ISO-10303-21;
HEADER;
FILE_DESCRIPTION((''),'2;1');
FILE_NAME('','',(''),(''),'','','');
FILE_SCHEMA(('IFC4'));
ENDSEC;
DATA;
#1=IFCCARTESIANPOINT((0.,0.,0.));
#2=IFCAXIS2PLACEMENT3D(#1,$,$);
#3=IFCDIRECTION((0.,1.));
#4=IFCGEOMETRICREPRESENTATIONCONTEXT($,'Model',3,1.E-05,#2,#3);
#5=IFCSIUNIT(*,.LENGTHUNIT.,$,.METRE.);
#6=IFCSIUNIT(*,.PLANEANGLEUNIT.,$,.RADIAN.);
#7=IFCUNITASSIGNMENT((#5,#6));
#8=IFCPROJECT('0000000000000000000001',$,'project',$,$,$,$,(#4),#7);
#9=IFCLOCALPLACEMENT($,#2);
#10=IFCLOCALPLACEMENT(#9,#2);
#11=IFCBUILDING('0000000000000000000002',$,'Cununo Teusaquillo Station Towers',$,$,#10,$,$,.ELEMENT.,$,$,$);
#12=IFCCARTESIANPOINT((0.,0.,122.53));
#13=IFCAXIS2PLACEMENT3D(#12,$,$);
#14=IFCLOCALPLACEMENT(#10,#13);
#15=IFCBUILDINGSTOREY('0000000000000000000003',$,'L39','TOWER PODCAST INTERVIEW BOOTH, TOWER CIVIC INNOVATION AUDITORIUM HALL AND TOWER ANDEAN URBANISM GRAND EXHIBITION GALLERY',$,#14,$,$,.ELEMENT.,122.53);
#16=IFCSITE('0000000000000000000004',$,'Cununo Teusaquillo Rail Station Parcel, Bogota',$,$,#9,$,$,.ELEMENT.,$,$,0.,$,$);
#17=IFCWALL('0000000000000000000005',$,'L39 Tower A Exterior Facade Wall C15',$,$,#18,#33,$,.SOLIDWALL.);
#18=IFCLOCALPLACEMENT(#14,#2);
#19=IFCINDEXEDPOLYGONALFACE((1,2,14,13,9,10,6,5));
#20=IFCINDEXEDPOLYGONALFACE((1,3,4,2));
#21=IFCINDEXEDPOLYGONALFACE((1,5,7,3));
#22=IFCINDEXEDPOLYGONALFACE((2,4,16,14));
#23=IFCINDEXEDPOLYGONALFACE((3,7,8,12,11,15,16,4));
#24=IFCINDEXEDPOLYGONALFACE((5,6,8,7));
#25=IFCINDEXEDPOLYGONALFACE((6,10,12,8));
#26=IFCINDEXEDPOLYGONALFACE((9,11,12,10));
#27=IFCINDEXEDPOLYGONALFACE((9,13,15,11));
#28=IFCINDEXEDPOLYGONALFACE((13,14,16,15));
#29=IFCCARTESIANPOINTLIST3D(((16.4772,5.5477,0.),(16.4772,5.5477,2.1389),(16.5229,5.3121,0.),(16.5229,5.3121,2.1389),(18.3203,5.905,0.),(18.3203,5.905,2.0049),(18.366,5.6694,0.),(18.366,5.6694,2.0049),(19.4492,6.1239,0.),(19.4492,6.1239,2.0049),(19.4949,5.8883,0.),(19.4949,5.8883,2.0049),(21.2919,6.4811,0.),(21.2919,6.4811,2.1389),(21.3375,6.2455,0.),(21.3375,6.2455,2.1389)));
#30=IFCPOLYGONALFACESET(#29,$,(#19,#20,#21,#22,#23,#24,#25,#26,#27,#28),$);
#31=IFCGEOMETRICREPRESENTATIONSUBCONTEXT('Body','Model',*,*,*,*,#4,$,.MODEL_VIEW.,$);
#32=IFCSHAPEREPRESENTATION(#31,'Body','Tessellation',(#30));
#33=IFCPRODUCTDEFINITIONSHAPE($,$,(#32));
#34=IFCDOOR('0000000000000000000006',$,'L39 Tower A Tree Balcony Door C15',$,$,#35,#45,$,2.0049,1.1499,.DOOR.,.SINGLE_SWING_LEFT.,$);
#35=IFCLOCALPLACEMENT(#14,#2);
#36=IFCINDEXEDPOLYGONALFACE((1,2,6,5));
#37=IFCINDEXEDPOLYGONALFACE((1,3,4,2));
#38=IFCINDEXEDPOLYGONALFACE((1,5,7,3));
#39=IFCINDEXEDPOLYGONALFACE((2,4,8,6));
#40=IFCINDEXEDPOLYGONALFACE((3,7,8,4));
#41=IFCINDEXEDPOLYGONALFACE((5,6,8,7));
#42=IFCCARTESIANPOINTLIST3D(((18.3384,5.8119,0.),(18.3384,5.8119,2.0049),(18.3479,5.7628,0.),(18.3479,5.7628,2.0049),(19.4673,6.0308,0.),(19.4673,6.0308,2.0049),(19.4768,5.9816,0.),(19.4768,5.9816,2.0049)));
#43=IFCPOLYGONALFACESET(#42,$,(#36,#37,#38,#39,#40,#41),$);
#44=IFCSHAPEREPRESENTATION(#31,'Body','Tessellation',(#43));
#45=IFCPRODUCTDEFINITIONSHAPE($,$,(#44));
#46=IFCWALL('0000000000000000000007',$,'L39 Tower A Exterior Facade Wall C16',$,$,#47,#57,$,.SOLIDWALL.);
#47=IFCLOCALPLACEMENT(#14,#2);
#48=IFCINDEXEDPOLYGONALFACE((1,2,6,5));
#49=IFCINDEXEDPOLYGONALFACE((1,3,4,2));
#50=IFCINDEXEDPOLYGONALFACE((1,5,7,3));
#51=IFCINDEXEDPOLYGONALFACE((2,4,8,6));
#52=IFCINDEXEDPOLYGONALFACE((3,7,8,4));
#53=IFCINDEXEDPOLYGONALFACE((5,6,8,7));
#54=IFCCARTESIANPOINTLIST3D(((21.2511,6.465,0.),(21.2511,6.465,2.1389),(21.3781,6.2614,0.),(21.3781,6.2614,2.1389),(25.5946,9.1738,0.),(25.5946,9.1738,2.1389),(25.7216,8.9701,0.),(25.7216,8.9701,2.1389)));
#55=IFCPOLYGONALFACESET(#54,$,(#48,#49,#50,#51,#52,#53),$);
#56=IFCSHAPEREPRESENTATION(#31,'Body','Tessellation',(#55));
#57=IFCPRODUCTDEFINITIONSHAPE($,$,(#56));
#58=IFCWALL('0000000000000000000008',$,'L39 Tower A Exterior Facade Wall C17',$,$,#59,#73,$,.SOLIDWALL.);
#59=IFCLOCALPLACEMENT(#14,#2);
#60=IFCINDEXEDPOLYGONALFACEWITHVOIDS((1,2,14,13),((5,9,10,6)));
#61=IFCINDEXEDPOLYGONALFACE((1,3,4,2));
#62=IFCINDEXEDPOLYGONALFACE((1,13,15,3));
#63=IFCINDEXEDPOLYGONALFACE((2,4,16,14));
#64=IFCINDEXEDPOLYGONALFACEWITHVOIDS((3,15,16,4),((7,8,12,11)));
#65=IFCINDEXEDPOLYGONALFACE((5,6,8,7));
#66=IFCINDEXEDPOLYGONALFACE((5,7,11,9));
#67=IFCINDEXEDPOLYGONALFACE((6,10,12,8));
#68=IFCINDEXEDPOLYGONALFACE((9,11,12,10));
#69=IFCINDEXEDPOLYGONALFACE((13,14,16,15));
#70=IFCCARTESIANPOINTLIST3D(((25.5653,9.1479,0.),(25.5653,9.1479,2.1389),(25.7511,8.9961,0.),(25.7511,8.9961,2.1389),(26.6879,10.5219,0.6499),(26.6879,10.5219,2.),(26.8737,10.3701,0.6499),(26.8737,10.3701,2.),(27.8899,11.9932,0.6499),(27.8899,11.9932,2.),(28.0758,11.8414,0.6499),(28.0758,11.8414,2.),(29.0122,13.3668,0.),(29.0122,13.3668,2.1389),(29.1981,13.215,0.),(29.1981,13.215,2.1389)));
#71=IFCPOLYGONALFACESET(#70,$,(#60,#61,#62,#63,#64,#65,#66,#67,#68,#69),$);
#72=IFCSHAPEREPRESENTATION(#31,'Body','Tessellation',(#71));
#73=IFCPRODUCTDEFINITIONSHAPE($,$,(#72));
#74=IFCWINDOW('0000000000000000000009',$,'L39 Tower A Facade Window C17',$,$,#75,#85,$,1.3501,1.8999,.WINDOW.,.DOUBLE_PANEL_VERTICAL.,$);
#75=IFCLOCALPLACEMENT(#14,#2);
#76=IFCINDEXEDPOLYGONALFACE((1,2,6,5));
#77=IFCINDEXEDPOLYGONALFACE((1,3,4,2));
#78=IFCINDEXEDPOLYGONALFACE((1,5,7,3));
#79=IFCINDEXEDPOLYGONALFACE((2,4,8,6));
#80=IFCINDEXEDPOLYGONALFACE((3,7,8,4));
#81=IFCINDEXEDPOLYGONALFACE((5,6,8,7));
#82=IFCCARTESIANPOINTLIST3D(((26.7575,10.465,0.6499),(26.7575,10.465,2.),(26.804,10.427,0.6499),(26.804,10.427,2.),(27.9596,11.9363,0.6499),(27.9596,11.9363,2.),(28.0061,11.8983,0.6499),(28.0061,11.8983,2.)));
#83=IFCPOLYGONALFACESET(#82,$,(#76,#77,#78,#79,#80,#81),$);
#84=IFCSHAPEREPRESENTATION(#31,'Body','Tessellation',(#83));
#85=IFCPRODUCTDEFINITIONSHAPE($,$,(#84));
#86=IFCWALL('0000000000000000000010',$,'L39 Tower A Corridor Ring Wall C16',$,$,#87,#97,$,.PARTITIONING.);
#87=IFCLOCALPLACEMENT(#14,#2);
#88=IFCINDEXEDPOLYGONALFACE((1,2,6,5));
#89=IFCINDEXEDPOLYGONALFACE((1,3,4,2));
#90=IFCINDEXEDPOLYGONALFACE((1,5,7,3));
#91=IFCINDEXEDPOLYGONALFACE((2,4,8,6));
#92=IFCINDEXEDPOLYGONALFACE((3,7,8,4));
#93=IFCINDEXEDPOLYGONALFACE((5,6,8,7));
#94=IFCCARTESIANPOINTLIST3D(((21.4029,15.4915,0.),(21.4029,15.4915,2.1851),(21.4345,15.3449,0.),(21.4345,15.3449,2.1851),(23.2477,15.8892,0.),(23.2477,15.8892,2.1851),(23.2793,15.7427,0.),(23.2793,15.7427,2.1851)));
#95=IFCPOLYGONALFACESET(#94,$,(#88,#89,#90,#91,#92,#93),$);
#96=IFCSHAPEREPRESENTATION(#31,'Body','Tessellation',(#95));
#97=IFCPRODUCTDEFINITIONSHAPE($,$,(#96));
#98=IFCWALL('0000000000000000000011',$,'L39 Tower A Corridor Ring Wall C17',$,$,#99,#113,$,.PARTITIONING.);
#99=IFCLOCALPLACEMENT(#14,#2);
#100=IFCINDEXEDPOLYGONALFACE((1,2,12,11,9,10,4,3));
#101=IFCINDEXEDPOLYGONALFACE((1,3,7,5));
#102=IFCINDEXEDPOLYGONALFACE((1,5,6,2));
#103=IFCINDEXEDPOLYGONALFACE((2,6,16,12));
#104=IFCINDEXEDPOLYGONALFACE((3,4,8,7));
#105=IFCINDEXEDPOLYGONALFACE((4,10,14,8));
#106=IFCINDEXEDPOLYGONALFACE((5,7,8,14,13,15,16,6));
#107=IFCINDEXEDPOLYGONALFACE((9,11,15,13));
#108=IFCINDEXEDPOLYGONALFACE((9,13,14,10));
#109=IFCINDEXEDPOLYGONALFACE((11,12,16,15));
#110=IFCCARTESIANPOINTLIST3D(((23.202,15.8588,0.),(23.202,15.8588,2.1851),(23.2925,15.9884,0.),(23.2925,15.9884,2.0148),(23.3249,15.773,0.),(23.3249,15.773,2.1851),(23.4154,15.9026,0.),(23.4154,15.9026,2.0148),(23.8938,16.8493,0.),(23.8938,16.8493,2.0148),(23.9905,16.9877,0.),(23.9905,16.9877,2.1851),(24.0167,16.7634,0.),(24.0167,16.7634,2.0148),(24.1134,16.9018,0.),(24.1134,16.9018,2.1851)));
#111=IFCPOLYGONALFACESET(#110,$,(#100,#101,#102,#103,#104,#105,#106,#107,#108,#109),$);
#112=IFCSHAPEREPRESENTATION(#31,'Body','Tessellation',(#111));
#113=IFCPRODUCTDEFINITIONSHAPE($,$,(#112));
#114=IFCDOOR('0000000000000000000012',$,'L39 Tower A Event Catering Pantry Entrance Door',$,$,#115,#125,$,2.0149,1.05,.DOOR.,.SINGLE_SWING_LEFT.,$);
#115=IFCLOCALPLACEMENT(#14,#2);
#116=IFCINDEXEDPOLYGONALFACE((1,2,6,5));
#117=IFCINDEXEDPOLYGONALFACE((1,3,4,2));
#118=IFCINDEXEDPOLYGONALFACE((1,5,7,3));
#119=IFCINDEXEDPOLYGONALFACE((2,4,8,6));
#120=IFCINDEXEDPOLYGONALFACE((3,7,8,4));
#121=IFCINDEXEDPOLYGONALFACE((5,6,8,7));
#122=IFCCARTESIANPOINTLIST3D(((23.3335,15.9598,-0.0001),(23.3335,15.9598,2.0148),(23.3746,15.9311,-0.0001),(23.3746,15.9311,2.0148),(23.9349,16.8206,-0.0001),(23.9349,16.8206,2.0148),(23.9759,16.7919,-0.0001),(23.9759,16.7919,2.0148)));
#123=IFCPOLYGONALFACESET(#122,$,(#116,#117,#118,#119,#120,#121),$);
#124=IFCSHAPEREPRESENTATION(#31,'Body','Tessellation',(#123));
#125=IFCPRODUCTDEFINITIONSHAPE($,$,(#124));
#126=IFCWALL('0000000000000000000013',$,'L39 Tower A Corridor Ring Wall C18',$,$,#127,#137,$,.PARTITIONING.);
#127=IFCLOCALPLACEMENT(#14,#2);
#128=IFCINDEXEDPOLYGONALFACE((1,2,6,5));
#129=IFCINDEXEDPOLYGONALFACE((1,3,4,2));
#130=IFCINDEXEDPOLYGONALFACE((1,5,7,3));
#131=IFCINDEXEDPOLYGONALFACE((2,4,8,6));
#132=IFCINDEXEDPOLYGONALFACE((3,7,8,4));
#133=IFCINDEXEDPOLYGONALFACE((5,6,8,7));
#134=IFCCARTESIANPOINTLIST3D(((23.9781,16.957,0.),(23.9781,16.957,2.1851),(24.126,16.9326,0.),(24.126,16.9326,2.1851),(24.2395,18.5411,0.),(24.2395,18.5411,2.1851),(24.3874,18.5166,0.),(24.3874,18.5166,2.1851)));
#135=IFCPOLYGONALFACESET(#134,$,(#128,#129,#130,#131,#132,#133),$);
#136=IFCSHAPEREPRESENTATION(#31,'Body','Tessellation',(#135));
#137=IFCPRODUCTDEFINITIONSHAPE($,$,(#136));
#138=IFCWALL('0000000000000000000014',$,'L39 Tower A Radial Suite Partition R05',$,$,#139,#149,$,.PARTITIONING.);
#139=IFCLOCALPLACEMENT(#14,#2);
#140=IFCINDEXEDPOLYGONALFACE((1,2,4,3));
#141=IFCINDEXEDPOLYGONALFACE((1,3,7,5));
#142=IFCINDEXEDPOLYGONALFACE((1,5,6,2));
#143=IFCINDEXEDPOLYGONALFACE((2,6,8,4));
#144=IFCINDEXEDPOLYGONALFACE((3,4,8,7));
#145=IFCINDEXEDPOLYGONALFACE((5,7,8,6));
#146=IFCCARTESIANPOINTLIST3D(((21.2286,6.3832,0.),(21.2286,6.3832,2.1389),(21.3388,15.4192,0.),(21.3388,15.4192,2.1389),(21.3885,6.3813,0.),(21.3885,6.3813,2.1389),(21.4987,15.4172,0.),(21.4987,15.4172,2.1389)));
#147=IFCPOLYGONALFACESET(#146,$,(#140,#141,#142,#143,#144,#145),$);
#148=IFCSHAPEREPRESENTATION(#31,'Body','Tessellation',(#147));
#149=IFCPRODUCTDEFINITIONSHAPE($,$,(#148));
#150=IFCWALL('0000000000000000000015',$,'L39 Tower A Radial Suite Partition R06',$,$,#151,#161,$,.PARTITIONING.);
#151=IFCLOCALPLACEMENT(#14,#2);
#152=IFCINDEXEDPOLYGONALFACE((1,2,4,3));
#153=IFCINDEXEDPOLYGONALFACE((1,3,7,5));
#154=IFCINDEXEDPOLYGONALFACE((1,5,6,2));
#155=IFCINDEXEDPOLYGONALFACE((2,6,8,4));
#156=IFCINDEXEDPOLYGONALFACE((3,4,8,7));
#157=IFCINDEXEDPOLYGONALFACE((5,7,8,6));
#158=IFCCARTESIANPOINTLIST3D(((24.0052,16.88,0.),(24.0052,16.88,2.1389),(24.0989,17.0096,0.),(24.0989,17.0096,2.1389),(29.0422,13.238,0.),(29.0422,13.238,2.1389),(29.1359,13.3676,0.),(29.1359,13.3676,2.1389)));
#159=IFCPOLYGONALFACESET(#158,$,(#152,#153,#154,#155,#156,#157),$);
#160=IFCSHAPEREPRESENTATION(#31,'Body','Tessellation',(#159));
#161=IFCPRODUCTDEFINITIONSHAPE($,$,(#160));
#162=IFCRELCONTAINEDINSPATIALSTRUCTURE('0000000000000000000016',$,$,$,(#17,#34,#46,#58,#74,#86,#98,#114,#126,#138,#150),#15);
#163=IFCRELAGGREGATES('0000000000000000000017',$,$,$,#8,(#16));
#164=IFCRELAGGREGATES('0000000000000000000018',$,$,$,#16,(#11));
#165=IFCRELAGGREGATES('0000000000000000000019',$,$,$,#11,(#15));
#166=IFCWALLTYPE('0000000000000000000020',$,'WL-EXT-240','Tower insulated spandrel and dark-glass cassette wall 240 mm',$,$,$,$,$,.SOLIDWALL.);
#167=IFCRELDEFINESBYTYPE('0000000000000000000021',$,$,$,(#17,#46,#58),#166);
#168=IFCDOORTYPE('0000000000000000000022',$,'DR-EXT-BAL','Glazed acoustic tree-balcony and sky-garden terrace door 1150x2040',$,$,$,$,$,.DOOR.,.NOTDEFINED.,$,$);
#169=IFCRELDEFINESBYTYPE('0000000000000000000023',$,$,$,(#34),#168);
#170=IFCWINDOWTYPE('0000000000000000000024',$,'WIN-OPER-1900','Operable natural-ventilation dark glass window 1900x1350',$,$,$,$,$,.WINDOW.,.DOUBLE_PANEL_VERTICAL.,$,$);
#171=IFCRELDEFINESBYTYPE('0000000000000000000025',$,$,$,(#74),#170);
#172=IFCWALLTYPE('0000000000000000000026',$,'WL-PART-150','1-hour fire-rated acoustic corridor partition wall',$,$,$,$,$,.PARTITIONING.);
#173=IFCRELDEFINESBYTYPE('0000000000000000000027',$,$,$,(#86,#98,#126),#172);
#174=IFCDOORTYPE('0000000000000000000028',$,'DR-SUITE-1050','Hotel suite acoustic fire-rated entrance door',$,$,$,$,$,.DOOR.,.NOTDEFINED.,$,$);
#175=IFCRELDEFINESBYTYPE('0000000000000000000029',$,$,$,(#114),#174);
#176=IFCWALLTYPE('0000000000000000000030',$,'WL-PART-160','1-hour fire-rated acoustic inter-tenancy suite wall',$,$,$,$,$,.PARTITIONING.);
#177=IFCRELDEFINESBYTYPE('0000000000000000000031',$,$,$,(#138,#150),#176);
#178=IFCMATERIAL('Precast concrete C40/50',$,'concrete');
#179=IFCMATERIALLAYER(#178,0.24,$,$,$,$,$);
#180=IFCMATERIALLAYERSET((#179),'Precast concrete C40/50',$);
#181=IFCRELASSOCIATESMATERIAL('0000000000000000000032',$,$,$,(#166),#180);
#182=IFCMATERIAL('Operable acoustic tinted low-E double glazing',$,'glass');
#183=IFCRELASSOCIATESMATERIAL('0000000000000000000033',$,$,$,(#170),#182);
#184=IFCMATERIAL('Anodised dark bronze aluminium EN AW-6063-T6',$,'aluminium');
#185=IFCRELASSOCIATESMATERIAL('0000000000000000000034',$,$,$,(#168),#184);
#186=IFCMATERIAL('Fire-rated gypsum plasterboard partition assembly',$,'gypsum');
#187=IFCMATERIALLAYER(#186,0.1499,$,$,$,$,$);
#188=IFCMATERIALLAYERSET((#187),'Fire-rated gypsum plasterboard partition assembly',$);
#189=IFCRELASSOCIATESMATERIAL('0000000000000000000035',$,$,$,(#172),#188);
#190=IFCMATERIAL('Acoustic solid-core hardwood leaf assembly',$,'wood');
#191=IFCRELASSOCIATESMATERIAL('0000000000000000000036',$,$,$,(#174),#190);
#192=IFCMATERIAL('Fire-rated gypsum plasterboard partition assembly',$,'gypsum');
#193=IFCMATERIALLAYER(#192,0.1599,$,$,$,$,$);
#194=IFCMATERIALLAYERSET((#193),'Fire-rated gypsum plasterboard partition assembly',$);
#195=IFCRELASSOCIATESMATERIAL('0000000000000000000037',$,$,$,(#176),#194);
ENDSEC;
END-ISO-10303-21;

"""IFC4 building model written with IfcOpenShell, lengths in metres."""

from ifc_helpers import new_model, si_unit, direction, frame, frame_2d, origin, place, context, subcontext, project, spatial, rectangle, extrude, source, transform, mapped, material, layer, layer_set, type_object, element, fill, save


model = new_model("IFC4")

# Units and contexts
model_context = context("Model", 3, precision=1e-05, world=origin(), true_north=direction((0.0, 1.0)))
body_context = subcontext(model_context, "Body", "Model", "MODEL_VIEW")
ifc_project = project(units=[si_unit("LENGTHUNIT", "METRE"), si_unit("PLANEANGLEUNIT", "RADIAN")], contexts=[model_context])

# Site, building, storey
site_placement = place(None, origin())
site = spatial("IfcSite", under=ifc_project, at=site_placement, Name="Cununo Teusaquillo Rail Station Parcel, Bogota", CompositionType="ELEMENT", RefElevation=0.0)
building_placement = place(site_placement, origin())
building = spatial("IfcBuilding", under=site, at=building_placement, Name="Cununo Teusaquillo Station Towers", CompositionType="ELEMENT")
storey_placement = place(building_placement, frame((0.0, 0.0, 122.53)))
storey = spatial("IfcBuildingStorey", under=building, at=storey_placement, Name="L39", Description="TOWER PODCAST INTERVIEW BOOTH, TOWER CIVIC INNOVATION AUDITORIUM HALL AND TOWER ANDEAN URBANISM GRAND EXHIBITION GALLERY", CompositionType="ELEMENT", Elevation=122.53)

# Shared definitions
ifc_material_1 = material(Name="Precast concrete C40/50", Category="concrete")
ifc_layer_1 = layer(ifc_material_1, 0.24)
ifc_layer_set_1 = layer_set([ifc_layer_1], Name="Precast concrete C40/50")
wall_type_1 = type_object("IfcWallType", Name="WL-EXT-240", Description="Tower insulated spandrel and dark-glass cassette wall 240 mm", PredefinedType="SOLIDWALL", material=ifc_layer_set_1)
shared_shape_1 = source(origin(), body_context, "Body", "SweptSolid", [
    extrude(rectangle(XDim=1.8999, YDim=1.3501, at=frame_2d((0.95, 0.675))), frame((0.0, 0.1299, 0.0), z_axis=(0.0, -1.0, 0.0), x_axis=(1.0, 0.0, 0.0)), (0.0, 0.0, 1.0), 0.26),
])
ifc_material_2 = material(Name="Operable acoustic tinted low-E double glazing", Category="glass")
window_type = type_object("IfcWindowType", Name="WIN-OPER-1900", Description="Operable natural-ventilation dark glass window 1900x1350", PartitioningType="DOUBLE_PANEL_VERTICAL", PredefinedType="WINDOW", material=ifc_material_2)
shared_shape_2 = source(origin(), body_context, "Body", "SweptSolid", [
    extrude(rectangle(XDim=1.8999, YDim=1.3501, at=frame_2d((0.95, 0.675))), frame((0.0, 0.03, 0.0), z_axis=(0.0, -1.0, 0.0), x_axis=(1.0, 0.0, 0.0)), (0.0, 0.0, 1.0), 0.0601),
])

# Wall, opening, door
wall_1_placement = place(storey_placement, frame((21.3147, 6.3633, 0.0), z_axis=(0.0, 0.0, 1.0), x_axis=(-0.981724, -0.190311, 0.0)))
wall_1 = element("IfcWall", 1, at=wall_1_placement, inside=storey, type_object=wall_type_1, Name="L39 Tower A Exterior Facade Wall C15", PredefinedType="SOLIDWALL", context=body_context, shape_type="SweptSolid", body=[
    extrude(rectangle(XDim=4.9043, YDim=0.24, at=frame_2d((2.4521, 0.0))), origin(), (0.0, 0.0, 1.0), 2.1389),
])
shared_shape_3 = source(origin(), body_context, "Body", "SweptSolid", [
    extrude(rectangle(XDim=1.1499, YDim=2.0049, at=frame_2d((0.575, 1.0024))), frame((0.0, 0.1299, 0.0), z_axis=(0.0, -1.0, 0.0), x_axis=(1.0, 0.0, 0.0)), (0.0, 0.0, 1.0), 0.26),
])
opening_1_placement = place(wall_1_placement, frame((1.877, 0.0, 0.0)))
opening_1 = element("IfcOpeningElement", 2, at=opening_1_placement, cuts=wall_1, PredefinedType="OPENING", context=body_context, shape_type="MappedRepresentation", body=[
    mapped(shared_shape_3, transform((0.0, 0.0, 0.0), x_axis=(1.0, 0.0, 0.0), y_axis=(0.0, 1.0, 0.0), z_axis=(0.0, 0.0, 1.0), scale=1.0)),
])
ifc_material_3 = material(Name="Anodised dark bronze aluminium EN AW-6063-T6", Category="aluminium")
door_type_1 = type_object("IfcDoorType", Name="DR-EXT-BAL", Description="Glazed acoustic tree-balcony and sky-garden terrace door 1150x2040", OperationType="NOTDEFINED", PredefinedType="DOOR", material=ifc_material_3)
shared_shape_4 = source(origin(), body_context, "Body", "SweptSolid", [
    extrude(rectangle(XDim=1.1499, YDim=2.0049, at=frame_2d((0.575, 1.0024))), frame((0.0, 0.0249, 0.0), z_axis=(0.0, -1.0, 0.0), x_axis=(1.0, 0.0, 0.0)), (0.0, 0.0, 1.0), 0.05),
])
door_1_placement = place(opening_1_placement, origin())
door_1 = element("IfcDoor", 3, at=door_1_placement, inside=storey, type_object=door_type_1, Name="L39 Tower A Tree Balcony Door C15", OperationType="SINGLE_SWING_LEFT", OverallHeight=2.0049, OverallWidth=1.1499, PredefinedType="DOOR", context=body_context, shape_type="MappedRepresentation", body=[
    mapped(shared_shape_4, transform((0.0, 0.0, 0.0), x_axis=(1.0, 0.0, 0.0), y_axis=(0.0, 1.0, 0.0), z_axis=(0.0, 0.0, 1.0), scale=1.0)),
])
fill(opening_1, door_1)

# Wall
wall_2_placement = place(storey_placement, frame((25.6582, 9.072, 0.0), z_axis=(0.0, 0.0, 1.0), x_axis=(-0.84852, -0.529163, 0.0)))
element("IfcWall", 4, at=wall_2_placement, inside=storey, type_object=wall_type_1, Name="L39 Tower A Exterior Facade Wall C16", PredefinedType="SOLIDWALL", context=body_context, shape_type="SweptSolid", body=[
    extrude(rectangle(XDim=5.1189, YDim=0.24, at=frame_2d((2.5596, 0.0))), origin(), (0.0, 0.0, 1.0), 2.1389),
])

# Wall, opening, window
wall_3_placement = place(storey_placement, frame((29.1052, 13.291, 0.0), z_axis=(0.0, 0.0, 1.0), x_axis=(-0.632701, -0.774396, 0.0)))
wall_3 = element("IfcWall", 5, at=wall_3_placement, inside=storey, type_object=wall_type_1, Name="L39 Tower A Exterior Facade Wall C17", PredefinedType="SOLIDWALL", context=body_context, shape_type="SweptSolid", body=[
    extrude(rectangle(XDim=5.448, YDim=0.24, at=frame_2d((2.7241, 0.0))), origin(), (0.0, 0.0, 1.0), 2.1389),
])
opening_2_placement = place(wall_3_placement, frame((1.7739, 0.0, 0.6499)))
opening_2 = element("IfcOpeningElement", 6, at=opening_2_placement, cuts=wall_3, PredefinedType="OPENING", context=body_context, shape_type="MappedRepresentation", body=[
    mapped(shared_shape_1, transform((0.0, 0.0, 0.0), x_axis=(1.0, 0.0, 0.0), y_axis=(0.0, 1.0, 0.0), z_axis=(0.0, 0.0, 1.0), scale=1.0)),
])
window_1_placement = place(opening_2_placement, origin())
window_1 = element("IfcWindow", 7, at=window_1_placement, inside=storey, type_object=window_type, Name="L39 Tower A Facade Window C17", OverallHeight=1.3501, OverallWidth=1.8999, PartitioningType="DOUBLE_PANEL_VERTICAL", PredefinedType="WINDOW", context=body_context, shape_type="MappedRepresentation", body=[
    mapped(shared_shape_2, transform((0.0, 0.0, 0.0), x_axis=(1.0, 0.0, 0.0), y_axis=(0.0, 1.0, 0.0), z_axis=(0.0, 0.0, 1.0), scale=1.0)),
])
fill(opening_2, window_1)

# Wall
ifc_material_4 = material(Name="Fire-rated gypsum plasterboard partition assembly", Category="gypsum")
ifc_layer_2 = layer(ifc_material_4, 0.1499)
ifc_layer_set_2 = layer_set([ifc_layer_2], Name="Fire-rated gypsum plasterboard partition assembly")
wall_type_2 = type_object("IfcWallType", Name="WL-PART-150", Description="1-hour fire-rated acoustic corridor partition wall", PredefinedType="PARTITIONING", material=ifc_layer_set_2)
wall_4_placement = place(storey_placement, frame((21.4187, 15.4182, 0.0), z_axis=(0.0, 0.0, 1.0), x_axis=(0.97754, 0.210748, 0.0)))
element("IfcWall", 8, at=wall_4_placement, inside=storey, type_object=wall_type_2, Name="L39 Tower A Corridor Ring Wall C16", PredefinedType="PARTITIONING", context=body_context, shape_type="SweptSolid", body=[
    extrude(rectangle(XDim=1.8872, YDim=0.1499, at=frame_2d((0.9436, 0.0))), origin(), (0.0, 0.0, 1.0), 2.1851),
])

# Wall, opening, door
wall_5_placement = place(storey_placement, frame((23.2634, 15.8159, 0.0), z_axis=(0.0, 0.0, 1.0), x_axis=(0.572653, 0.819798, 0.0)))
wall_5 = element("IfcWall", 9, at=wall_5_placement, inside=storey, type_object=wall_type_2, Name="L39 Tower A Corridor Ring Wall C17", PredefinedType="PARTITIONING", context=body_context, shape_type="SweptSolid", body=[
    extrude(rectangle(XDim=1.377, YDim=0.1499, at=frame_2d((0.6885, 0.0))), origin(), (0.0, 0.0, 1.0), 2.1851),
])
shared_shape_5 = source(origin(), body_context, "Body", "SweptSolid", [
    extrude(rectangle(XDim=1.05, YDim=2.0149, at=frame_2d((0.5249, 1.0073))), frame((0.0, 0.085, 0.0), z_axis=(0.0, -1.0, 0.0), x_axis=(1.0, 0.0, 0.0)), (0.0, 0.0, 1.0), 0.1699),
])
opening_3_placement = place(wall_5_placement, frame((0.1582, 0.0, 0.0)))
opening_3 = element("IfcOpeningElement", 10, at=opening_3_placement, cuts=wall_5, PredefinedType="OPENING", context=body_context, shape_type="MappedRepresentation", body=[
    mapped(shared_shape_5, transform((0.0, 0.0, 0.0), x_axis=(1.0, 0.0, 0.0), y_axis=(0.0, 1.0, 0.0), z_axis=(0.0, 0.0, 1.0), scale=1.0)),
])
ifc_material_5 = material(Name="Acoustic solid-core hardwood leaf assembly", Category="wood")
door_type_2 = type_object("IfcDoorType", Name="DR-SUITE-1050", Description="Hotel suite acoustic fire-rated entrance door", OperationType="NOTDEFINED", PredefinedType="DOOR", material=ifc_material_5)
shared_shape_6 = source(origin(), body_context, "Body", "SweptSolid", [
    extrude(rectangle(XDim=1.05, YDim=2.0149, at=frame_2d((0.5249, 1.0073))), frame((0.0, 0.0249, 0.0), z_axis=(0.0, -1.0, 0.0), x_axis=(1.0, 0.0, 0.0)), (0.0, 0.0, 1.0), 0.05),
])
door_2_placement = place(opening_3_placement, origin())
door_2 = element("IfcDoor", 11, at=door_2_placement, inside=storey, type_object=door_type_2, Name="L39 Tower A Event Catering Pantry Entrance Door", OperationType="SINGLE_SWING_LEFT", OverallHeight=2.0149, OverallWidth=1.05, PredefinedType="DOOR", context=body_context, shape_type="MappedRepresentation", body=[
    mapped(shared_shape_6, transform((0.0, 0.0, 0.0), x_axis=(1.0, 0.0, 0.0), y_axis=(0.0, 1.0, 0.0), z_axis=(0.0, 0.0, 1.0), scale=1.0)),
])
fill(opening_3, door_2)

# Walls
wall_6_placement = place(storey_placement, frame((24.052, 16.9448, 0.0), z_axis=(0.0, 0.0, 1.0), x_axis=(0.16287, 0.986648, 0.0)))
element("IfcWall", 12, at=wall_6_placement, inside=storey, type_object=wall_type_2, Name="L39 Tower A Corridor Ring Wall C18", PredefinedType="PARTITIONING", context=body_context, shape_type="SweptSolid", body=[
    extrude(rectangle(XDim=1.6055, YDim=0.1499, at=frame_2d((0.8027, 0.0))), origin(), (0.0, 0.0, 1.0), 2.1851),
])
ifc_material_6 = material(Name="Fire-rated gypsum plasterboard partition assembly", Category="gypsum")
ifc_layer_3 = layer(ifc_material_6, 0.1599)
ifc_layer_set_3 = layer_set([ifc_layer_3], Name="Fire-rated gypsum plasterboard partition assembly")
wall_type_3 = type_object("IfcWallType", Name="WL-PART-160", Description="1-hour fire-rated acoustic inter-tenancy suite wall", PredefinedType="PARTITIONING", material=ifc_layer_set_3)
wall_7_placement = place(storey_placement, frame((21.4187, 15.4182, 0.0), z_axis=(0.0, 0.0, 1.0), x_axis=(-0.012185, -0.999926, 0.0)))
element("IfcWall", 13, at=wall_7_placement, inside=storey, type_object=wall_type_3, Name="L39 Tower A Radial Suite Partition R05", PredefinedType="PARTITIONING", context=body_context, shape_type="SweptSolid", body=[
    extrude(rectangle(XDim=9.0366, YDim=0.1599, at=frame_2d((4.5183, 0.0))), origin(), (0.0, 0.0, 1.0), 2.1389),
])
wall_8_placement = place(storey_placement, frame((24.052, 16.9448, 0.0), z_axis=(0.0, 0.0, 1.0), x_axis=(0.81036, -0.585932, 0.0)))
element("IfcWall", 14, at=wall_8_placement, inside=storey, type_object=wall_type_3, Name="L39 Tower A Radial Suite Partition R06", PredefinedType="PARTITIONING", context=body_context, shape_type="SweptSolid", body=[
    extrude(rectangle(XDim=6.2158, YDim=0.1599, at=frame_2d((3.1079, 0.0))), origin(), (0.0, 0.0, 1.0), 2.1389),
])

save(model, "model.ifc")
